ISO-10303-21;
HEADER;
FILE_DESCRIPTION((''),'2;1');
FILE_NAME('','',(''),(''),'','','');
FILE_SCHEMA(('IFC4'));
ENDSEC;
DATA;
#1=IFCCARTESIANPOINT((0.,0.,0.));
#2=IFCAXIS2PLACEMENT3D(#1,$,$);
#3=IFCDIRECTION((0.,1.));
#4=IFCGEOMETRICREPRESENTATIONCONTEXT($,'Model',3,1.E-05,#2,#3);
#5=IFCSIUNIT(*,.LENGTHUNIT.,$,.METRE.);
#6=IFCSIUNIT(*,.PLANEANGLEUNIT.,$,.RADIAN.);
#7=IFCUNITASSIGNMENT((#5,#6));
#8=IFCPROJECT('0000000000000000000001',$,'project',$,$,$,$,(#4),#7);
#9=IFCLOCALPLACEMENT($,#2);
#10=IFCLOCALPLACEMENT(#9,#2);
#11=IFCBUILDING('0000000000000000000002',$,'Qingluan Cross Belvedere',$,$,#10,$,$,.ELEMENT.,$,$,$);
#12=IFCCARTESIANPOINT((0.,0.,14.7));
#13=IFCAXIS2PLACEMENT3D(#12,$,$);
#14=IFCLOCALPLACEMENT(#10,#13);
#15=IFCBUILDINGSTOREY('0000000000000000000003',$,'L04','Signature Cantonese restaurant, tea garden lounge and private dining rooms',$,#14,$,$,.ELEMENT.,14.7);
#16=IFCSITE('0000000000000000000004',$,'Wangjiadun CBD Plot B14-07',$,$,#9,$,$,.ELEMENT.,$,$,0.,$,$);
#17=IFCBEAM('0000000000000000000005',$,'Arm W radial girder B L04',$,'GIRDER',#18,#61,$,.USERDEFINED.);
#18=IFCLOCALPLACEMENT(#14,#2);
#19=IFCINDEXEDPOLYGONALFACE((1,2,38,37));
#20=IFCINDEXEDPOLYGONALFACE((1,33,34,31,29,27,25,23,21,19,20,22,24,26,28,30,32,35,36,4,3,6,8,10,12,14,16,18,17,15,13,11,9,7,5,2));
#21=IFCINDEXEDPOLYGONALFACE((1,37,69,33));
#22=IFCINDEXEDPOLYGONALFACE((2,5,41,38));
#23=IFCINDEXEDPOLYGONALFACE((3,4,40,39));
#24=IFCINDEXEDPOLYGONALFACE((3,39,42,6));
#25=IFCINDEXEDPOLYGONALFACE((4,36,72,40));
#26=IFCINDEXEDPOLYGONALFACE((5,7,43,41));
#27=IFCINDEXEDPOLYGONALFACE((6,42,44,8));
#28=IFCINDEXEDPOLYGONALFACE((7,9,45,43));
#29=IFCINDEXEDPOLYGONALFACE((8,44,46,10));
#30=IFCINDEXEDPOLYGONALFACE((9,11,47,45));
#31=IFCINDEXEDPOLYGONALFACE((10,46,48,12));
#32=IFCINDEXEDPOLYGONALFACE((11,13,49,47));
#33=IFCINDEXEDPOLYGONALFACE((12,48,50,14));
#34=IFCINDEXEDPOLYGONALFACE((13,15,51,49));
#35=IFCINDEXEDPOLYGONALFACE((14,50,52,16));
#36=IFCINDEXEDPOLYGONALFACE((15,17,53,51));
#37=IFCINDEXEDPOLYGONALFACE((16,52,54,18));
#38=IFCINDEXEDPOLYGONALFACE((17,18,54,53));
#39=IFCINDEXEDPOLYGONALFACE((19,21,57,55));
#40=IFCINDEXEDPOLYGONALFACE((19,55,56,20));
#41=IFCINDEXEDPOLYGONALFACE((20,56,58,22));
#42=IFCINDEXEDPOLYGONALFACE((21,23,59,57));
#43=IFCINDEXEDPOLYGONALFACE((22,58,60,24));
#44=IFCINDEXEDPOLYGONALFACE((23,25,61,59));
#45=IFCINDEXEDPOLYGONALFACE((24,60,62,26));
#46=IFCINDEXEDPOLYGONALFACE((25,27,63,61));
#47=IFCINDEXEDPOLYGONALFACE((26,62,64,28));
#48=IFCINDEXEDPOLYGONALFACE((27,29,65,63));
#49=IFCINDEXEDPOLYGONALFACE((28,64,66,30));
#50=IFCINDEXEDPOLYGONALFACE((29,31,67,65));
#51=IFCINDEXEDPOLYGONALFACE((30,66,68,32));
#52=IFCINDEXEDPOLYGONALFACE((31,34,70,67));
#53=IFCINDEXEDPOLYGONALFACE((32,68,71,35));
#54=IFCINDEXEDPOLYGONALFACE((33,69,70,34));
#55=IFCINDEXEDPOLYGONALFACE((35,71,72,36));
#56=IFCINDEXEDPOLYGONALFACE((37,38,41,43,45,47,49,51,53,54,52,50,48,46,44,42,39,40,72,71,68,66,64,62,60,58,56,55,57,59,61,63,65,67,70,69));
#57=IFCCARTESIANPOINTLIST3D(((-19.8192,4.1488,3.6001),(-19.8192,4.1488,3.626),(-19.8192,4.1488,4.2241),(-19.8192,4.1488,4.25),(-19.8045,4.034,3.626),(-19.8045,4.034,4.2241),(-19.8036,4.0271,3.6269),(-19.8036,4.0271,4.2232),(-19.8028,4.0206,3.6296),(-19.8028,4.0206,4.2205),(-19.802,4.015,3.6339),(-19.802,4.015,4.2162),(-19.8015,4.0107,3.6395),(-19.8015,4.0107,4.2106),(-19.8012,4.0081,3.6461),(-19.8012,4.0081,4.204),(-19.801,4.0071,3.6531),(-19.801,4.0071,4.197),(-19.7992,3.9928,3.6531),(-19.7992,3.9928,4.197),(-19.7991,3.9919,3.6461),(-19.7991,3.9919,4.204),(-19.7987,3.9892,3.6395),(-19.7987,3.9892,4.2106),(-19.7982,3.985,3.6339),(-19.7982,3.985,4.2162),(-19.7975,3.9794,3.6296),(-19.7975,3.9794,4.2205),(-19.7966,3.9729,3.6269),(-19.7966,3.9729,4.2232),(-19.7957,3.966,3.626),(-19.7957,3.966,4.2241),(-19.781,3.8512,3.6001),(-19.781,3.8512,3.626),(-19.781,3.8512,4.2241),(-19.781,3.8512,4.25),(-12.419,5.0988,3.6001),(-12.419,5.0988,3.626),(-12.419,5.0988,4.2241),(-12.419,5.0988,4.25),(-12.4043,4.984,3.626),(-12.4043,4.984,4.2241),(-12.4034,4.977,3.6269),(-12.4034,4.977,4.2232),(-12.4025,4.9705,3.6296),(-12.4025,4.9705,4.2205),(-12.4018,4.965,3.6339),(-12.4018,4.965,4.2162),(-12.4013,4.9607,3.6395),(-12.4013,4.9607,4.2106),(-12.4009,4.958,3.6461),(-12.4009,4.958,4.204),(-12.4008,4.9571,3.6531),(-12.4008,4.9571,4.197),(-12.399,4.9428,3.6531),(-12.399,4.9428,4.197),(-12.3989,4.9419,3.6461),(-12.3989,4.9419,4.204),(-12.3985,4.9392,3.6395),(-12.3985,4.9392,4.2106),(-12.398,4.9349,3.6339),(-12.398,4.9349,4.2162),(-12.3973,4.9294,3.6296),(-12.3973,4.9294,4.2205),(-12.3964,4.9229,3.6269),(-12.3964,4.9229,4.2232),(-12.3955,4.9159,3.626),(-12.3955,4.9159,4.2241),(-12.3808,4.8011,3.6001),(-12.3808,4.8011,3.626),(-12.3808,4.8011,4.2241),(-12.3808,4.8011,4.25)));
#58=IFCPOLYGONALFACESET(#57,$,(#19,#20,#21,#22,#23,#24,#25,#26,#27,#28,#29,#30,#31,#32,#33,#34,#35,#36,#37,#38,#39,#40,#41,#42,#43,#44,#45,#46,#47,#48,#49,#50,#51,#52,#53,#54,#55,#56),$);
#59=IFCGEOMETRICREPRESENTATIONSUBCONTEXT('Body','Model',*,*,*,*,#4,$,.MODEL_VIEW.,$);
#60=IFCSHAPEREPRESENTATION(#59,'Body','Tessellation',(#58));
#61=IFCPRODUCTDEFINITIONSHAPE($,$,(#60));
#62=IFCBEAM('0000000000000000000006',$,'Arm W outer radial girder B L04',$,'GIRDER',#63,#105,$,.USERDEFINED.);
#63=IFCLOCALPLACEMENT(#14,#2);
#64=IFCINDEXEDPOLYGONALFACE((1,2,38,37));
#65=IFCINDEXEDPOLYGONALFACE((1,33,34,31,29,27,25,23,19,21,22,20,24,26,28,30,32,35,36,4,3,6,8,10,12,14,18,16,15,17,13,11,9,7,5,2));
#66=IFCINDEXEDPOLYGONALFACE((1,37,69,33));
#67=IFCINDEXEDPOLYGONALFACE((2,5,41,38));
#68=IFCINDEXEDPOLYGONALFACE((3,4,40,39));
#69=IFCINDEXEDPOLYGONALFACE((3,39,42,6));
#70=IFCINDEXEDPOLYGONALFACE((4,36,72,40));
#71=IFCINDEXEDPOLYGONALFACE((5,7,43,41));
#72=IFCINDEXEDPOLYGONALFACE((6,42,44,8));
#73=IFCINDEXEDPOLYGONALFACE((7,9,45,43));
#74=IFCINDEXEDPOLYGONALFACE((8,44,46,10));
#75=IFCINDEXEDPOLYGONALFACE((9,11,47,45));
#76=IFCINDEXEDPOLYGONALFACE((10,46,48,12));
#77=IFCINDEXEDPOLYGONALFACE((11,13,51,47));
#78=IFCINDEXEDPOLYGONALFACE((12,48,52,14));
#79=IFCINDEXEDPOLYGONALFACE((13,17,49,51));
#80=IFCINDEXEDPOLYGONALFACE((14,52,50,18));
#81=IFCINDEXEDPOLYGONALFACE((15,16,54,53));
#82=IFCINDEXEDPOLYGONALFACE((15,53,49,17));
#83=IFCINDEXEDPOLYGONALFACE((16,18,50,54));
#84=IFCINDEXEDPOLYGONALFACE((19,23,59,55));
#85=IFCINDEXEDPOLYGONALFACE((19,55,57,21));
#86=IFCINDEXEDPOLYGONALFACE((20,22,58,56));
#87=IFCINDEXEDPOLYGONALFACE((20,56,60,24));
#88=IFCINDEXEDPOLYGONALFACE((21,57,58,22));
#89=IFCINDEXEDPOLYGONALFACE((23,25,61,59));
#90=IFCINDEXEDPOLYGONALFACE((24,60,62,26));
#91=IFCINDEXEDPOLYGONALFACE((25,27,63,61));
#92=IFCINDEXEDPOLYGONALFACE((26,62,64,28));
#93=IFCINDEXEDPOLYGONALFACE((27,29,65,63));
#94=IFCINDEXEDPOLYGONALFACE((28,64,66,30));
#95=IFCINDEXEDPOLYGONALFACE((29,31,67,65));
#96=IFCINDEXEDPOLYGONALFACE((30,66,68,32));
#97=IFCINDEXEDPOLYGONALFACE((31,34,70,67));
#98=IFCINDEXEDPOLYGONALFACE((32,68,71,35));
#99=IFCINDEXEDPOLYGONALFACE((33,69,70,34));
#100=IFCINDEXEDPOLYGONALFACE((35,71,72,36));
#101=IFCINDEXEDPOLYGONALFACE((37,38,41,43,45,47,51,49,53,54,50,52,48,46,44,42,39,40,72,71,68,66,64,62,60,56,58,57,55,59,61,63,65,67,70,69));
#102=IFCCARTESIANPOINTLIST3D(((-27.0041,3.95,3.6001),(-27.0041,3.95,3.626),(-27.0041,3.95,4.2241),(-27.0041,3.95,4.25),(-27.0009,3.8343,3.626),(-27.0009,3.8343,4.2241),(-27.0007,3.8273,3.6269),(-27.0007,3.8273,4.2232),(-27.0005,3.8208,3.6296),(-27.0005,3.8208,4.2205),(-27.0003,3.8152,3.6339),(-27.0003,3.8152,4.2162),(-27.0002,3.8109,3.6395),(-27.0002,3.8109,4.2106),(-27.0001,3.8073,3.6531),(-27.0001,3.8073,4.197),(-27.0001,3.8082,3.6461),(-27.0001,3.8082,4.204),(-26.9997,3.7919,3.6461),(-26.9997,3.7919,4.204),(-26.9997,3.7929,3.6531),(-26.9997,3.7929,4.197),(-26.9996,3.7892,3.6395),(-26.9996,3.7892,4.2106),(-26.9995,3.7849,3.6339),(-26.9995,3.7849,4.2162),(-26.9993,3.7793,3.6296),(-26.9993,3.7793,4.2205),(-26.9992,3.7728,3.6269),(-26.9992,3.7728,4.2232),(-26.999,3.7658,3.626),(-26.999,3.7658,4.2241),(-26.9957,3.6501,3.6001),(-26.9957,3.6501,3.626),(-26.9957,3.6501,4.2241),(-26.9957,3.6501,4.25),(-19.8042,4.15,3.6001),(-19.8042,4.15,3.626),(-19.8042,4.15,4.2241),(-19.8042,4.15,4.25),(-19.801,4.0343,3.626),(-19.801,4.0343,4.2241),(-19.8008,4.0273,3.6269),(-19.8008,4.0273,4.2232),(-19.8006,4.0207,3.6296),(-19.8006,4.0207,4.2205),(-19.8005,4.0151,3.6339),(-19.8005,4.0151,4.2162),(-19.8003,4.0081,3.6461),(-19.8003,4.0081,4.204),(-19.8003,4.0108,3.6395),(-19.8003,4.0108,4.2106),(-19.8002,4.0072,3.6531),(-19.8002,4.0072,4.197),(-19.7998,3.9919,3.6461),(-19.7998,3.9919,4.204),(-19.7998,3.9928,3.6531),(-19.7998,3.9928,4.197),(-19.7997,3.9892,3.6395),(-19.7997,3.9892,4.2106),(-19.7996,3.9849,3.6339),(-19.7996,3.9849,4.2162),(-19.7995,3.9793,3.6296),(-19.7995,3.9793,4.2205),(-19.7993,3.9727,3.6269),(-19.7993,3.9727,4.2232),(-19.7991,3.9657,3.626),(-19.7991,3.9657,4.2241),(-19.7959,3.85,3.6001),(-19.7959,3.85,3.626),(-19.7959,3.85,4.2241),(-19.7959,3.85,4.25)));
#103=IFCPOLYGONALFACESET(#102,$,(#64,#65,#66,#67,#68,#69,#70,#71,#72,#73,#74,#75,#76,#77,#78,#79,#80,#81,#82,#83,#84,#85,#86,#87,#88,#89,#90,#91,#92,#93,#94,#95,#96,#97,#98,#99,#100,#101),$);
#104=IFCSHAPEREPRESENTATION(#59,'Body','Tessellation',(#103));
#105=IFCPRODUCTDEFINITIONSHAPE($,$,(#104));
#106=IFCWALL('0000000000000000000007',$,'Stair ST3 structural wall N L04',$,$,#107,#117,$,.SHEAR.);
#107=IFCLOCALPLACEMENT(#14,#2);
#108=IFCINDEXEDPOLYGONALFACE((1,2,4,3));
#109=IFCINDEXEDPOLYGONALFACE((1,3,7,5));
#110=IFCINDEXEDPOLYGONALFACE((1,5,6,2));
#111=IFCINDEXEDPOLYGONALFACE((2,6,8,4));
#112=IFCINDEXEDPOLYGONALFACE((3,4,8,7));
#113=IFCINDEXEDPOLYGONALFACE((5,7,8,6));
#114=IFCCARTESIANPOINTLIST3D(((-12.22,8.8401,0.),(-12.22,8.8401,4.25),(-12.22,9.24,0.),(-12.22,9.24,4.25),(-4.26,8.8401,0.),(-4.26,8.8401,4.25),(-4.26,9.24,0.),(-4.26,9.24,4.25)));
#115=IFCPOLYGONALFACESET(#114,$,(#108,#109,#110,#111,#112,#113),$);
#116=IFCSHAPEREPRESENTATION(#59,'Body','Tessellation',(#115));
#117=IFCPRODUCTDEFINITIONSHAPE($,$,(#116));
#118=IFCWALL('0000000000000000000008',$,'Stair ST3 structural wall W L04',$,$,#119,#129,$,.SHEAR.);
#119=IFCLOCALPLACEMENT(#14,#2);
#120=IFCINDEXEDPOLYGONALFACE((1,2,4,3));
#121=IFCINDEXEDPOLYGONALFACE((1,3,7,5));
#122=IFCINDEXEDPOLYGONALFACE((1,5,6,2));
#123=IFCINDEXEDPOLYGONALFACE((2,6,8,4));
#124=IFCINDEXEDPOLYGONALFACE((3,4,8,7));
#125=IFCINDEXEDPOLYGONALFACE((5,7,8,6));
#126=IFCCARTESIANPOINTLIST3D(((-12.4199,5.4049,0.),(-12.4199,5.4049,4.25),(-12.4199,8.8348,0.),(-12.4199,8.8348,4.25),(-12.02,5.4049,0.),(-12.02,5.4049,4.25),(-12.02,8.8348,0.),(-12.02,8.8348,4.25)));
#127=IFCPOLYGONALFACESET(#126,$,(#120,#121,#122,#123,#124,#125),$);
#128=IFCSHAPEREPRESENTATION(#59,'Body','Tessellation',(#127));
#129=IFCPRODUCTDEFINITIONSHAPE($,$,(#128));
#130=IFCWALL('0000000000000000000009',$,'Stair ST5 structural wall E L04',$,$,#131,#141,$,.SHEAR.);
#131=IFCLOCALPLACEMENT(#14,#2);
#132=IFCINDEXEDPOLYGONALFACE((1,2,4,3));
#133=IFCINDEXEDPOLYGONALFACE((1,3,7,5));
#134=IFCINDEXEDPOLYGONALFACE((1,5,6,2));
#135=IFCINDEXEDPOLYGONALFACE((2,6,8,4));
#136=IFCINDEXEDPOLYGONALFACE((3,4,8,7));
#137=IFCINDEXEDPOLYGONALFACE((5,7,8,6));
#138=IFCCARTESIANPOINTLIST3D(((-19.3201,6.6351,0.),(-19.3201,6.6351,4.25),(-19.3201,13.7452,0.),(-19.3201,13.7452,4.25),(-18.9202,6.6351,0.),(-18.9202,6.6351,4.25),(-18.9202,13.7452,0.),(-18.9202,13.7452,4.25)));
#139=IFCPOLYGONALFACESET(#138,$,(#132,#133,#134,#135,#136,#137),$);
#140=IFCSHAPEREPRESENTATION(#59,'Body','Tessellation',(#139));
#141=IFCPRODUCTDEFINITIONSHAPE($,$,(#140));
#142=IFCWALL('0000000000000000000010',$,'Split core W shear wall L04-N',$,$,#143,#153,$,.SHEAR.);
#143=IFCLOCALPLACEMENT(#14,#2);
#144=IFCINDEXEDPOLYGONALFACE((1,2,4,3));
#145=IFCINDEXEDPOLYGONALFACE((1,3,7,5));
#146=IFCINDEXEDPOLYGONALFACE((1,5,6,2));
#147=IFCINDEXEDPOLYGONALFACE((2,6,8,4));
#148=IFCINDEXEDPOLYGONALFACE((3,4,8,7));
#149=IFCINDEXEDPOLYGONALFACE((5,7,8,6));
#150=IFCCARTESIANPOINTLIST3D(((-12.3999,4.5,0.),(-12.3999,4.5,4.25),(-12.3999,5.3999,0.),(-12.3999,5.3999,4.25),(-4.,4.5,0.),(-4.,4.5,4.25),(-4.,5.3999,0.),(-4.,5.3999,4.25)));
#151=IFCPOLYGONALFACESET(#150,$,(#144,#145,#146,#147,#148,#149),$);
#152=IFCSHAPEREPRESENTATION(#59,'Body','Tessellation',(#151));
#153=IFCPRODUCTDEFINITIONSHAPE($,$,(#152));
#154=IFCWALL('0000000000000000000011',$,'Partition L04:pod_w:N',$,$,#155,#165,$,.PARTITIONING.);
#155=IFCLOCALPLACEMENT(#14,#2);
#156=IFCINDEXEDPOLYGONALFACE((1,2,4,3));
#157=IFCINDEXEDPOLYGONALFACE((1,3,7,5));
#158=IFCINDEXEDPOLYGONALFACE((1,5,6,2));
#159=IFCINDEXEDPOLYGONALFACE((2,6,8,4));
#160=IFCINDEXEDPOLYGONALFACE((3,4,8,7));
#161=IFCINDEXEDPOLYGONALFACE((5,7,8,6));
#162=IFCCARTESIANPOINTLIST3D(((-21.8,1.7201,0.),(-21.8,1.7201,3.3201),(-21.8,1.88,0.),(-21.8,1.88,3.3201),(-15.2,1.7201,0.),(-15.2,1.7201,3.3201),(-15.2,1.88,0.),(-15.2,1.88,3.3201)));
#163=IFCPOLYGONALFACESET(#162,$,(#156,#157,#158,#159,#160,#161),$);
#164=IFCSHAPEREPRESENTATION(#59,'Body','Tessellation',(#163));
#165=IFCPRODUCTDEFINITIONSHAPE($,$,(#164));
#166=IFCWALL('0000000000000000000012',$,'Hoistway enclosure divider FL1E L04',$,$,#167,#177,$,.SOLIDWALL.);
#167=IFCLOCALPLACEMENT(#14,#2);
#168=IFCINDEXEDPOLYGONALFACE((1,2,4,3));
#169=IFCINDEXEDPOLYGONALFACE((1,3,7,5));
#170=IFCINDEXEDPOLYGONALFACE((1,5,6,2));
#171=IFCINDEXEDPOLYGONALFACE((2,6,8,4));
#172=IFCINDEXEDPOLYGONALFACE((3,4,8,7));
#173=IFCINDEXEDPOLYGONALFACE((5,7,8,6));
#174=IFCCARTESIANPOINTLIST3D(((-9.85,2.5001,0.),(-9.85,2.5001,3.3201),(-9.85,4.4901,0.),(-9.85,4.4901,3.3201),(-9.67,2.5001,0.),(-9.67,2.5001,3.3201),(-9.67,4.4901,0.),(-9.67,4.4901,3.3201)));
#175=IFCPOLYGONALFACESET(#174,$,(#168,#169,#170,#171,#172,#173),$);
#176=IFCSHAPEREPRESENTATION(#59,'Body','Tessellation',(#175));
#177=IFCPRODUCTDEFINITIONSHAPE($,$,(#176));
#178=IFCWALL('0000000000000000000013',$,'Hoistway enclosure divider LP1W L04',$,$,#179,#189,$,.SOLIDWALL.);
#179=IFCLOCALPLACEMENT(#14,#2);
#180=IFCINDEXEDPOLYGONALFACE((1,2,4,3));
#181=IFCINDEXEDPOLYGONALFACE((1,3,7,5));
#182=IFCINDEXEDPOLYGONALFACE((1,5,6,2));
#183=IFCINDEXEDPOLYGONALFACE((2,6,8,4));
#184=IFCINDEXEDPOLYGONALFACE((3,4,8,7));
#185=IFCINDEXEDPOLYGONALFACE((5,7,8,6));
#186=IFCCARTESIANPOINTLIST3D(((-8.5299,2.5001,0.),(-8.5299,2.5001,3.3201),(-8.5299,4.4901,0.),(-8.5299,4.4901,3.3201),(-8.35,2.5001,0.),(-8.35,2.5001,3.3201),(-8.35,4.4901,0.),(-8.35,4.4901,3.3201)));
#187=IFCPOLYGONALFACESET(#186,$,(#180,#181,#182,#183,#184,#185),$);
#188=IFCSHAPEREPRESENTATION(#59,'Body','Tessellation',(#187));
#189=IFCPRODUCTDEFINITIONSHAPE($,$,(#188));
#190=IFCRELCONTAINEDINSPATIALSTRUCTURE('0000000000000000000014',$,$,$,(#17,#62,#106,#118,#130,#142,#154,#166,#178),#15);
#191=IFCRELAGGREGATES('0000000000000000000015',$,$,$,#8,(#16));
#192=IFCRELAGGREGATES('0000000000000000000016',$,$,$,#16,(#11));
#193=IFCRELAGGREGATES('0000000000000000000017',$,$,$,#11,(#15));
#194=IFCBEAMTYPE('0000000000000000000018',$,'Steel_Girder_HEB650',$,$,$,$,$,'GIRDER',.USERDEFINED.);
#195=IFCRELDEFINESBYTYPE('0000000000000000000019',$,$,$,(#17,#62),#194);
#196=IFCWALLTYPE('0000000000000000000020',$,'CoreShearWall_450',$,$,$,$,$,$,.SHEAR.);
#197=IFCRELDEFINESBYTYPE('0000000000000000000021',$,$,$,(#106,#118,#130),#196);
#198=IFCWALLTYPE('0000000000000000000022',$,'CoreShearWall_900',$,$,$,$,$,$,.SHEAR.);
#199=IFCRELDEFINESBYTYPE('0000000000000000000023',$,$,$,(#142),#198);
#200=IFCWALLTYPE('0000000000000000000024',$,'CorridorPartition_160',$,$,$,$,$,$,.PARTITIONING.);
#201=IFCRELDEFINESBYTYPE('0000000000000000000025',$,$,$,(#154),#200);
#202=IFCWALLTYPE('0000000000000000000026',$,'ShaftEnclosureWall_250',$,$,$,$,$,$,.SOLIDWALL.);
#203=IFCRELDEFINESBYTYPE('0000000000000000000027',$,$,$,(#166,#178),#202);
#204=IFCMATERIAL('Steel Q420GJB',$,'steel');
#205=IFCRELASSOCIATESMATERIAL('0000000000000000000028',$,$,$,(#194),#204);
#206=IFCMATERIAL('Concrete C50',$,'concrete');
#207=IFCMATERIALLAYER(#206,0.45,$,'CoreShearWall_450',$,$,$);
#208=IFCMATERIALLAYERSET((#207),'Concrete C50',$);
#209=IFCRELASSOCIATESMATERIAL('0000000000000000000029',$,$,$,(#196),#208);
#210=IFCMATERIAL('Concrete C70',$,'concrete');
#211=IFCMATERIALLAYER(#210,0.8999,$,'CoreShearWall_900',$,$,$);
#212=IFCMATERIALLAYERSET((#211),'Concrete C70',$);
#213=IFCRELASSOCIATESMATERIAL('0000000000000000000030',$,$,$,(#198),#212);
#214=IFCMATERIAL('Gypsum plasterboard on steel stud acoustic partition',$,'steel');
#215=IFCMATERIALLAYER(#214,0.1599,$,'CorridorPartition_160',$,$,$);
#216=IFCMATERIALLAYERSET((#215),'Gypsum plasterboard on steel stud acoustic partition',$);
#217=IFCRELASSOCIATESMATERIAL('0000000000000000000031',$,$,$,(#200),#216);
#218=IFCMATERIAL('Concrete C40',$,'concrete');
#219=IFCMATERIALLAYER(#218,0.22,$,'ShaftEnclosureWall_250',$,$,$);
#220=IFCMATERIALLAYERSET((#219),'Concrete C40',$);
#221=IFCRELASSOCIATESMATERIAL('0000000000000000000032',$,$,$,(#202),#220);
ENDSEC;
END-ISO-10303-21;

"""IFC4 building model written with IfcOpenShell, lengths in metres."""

from ifc_helpers import new_model, si_unit, direction, frame, frame_2d, origin, origin_2d, place, context, subcontext, project, spatial, rectangle, i_section, extrude, material, layer, layer_set, material_profile, profile_set, type_object, element, save


model = new_model("IFC4")

# Units and contexts
model_context = context("Model", 3, precision=1e-05, world=origin(), true_north=direction((0.0, 1.0)))
body_context = subcontext(model_context, "Body", "Model", "MODEL_VIEW")
ifc_project = project(units=[si_unit("LENGTHUNIT", "METRE"), si_unit("PLANEANGLEUNIT", "RADIAN")], contexts=[model_context])

# Site, building, storey
site_placement = place(None, origin())
site = spatial("IfcSite", under=ifc_project, at=site_placement, Name="Wangjiadun CBD Plot B14-07", CompositionType="ELEMENT", RefElevation=0.0)
building_placement = place(site_placement, origin())
building = spatial("IfcBuilding", under=site, at=building_placement, Name="Qingluan Cross Belvedere", CompositionType="ELEMENT")
storey_placement = place(building_placement, frame((0.0, 0.0, 14.7)))
storey = spatial("IfcBuildingStorey", under=building, at=storey_placement, Name="L04", Description="Signature Cantonese restaurant, tea garden lounge and private dining rooms", CompositionType="ELEMENT", Elevation=14.7)

# Beams
ifc_material_1 = material(Name="Steel Q420GJB", Category="steel")
ifc_material_profile_1 = material_profile(ifc_material_1, i_section(OverallWidth=0.3, OverallDepth=0.6499, WebThickness=0.0144, FlangeThickness=0.0259, FilletRadius=0.0271, at=origin_2d()), Name="HEB650")
ifc_profile_set_1 = profile_set([ifc_material_profile_1], Name="Steel Q420GJB")
beam_type_1 = type_object("IfcBeamType", Name="Steel_Girder_HEB650", ElementType="GIRDER", PredefinedType="USERDEFINED", material=ifc_profile_set_1)
beam_1_placement = place(storey_placement, frame((-12.3999, 4.95, 3.925), z_axis=(-0.991861, -0.127324, 0.0), x_axis=(0.127324, -0.991861, 0.0)))
element("IfcBeam", 1, at=beam_1_placement, inside=storey, type_object=beam_type_1, Name="Arm W radial girder B L04", ObjectType="GIRDER", PredefinedType="USERDEFINED", context=body_context, shape_type="SweptSolid", body=[
    extrude(i_section(OverallWidth=0.3, OverallDepth=0.6499, WebThickness=0.0144, FlangeThickness=0.0259, FilletRadius=0.0271, at=origin_2d()), origin(), (0.0, 0.0, 1.0), 7.4609),
])
beam_2_placement = place(storey_placement, frame((-19.8, 4.0, 3.925), z_axis=(-0.999615, -0.02776, 0.0), x_axis=(0.02776, -0.999615, 0.0)))
element("IfcBeam", 2, at=beam_2_placement, inside=storey, type_object=beam_type_1, Name="Arm W outer radial girder B L04", ObjectType="GIRDER", PredefinedType="USERDEFINED", context=body_context, shape_type="SweptSolid", body=[
    extrude(i_section(OverallWidth=0.3, OverallDepth=0.6499, WebThickness=0.0144, FlangeThickness=0.0259, FilletRadius=0.0271, at=origin_2d()), origin(), (0.0, 0.0, 1.0), 7.2026),
])

# Walls
ifc_material_2 = material(Name="Concrete C50", Category="concrete")
ifc_layer_1 = layer(ifc_material_2, 0.45, Name="CoreShearWall_450")
ifc_layer_set_1 = layer_set([ifc_layer_1], Name="Concrete C50")
wall_type_1 = type_object("IfcWallType", Name="CoreShearWall_450", PredefinedType="SHEAR", material=ifc_layer_set_1)
wall_1_placement = place(storey_placement, frame((-12.22, 9.04, 0.0), z_axis=(0.0, 0.0, 1.0), x_axis=(1.0, 0.0, 0.0)))
element("IfcWall", 3, at=wall_1_placement, inside=storey, type_object=wall_type_1, Name="Stair ST3 structural wall N L04", PredefinedType="SHEAR", context=body_context, shape_type="SweptSolid", body=[
    extrude(rectangle(XDim=7.96, YDim=0.3999, at=frame_2d((3.98, 0.0))), origin(), (0.0, 0.0, 1.0), 4.25),
])
wall_2_placement = place(storey_placement, frame((-12.22, 5.405, 0.0), z_axis=(0.0, 0.0, 1.0), x_axis=(0.0, 1.0, 0.0)))
element("IfcWall", 4, at=wall_2_placement, inside=storey, type_object=wall_type_1, Name="Stair ST3 structural wall W L04", PredefinedType="SHEAR", context=body_context, shape_type="SweptSolid", body=[
    extrude(rectangle(XDim=3.4299, YDim=0.3999, at=frame_2d((1.7148, 0.0))), origin(), (0.0, 0.0, 1.0), 4.25),
])

# Walls
wall_3_placement = place(storey_placement, frame((-19.1201, 6.635, 0.0), z_axis=(0.0, 0.0, 1.0), x_axis=(0.0, 1.0, 0.0)))
element("IfcWall", 5, at=wall_3_placement, inside=storey, type_object=wall_type_1, Name="Stair ST5 structural wall E L04", PredefinedType="SHEAR", context=body_context, shape_type="SweptSolid", body=[
    extrude(rectangle(XDim=7.1101, YDim=0.3999, at=frame_2d((3.5552, 0.0))), origin(), (0.0, 0.0, 1.0), 4.25),
])
ifc_material_3 = material(Name="Concrete C70", Category="concrete")
ifc_layer_2 = layer(ifc_material_3, 0.8999, Name="CoreShearWall_900")
ifc_layer_set_2 = layer_set([ifc_layer_2], Name="Concrete C70")
wall_type_2 = type_object("IfcWallType", Name="CoreShearWall_900", PredefinedType="SHEAR", material=ifc_layer_set_2)
wall_4_placement = place(storey_placement, frame((-12.3999, 4.95, 0.0), z_axis=(0.0, 0.0, 1.0), x_axis=(1.0, 0.0, 0.0)))
element("IfcWall", 6, at=wall_4_placement, inside=storey, type_object=wall_type_2, Name="Split core W shear wall L04-N", PredefinedType="SHEAR", context=body_context, shape_type="SweptSolid", body=[
    extrude(rectangle(XDim=8.3999, YDim=0.8999, at=frame_2d((4.2, 0.0))), origin(), (0.0, 0.0, 1.0), 4.25),
])
ifc_material_4 = material(Name="Gypsum plasterboard on steel stud acoustic partition", Category="steel")
ifc_layer_3 = layer(ifc_material_4, 0.1599, Name="CorridorPartition_160")
ifc_layer_set_3 = layer_set([ifc_layer_3], Name="Gypsum plasterboard on steel stud acoustic partition")
wall_type_3 = type_object("IfcWallType", Name="CorridorPartition_160", PredefinedType="PARTITIONING", material=ifc_layer_set_3)
wall_5_placement = place(storey_placement, frame((-21.8, 1.8, 0.0), z_axis=(0.0, 0.0, 1.0), x_axis=(1.0, 0.0, 0.0)))
element("IfcWall", 7, at=wall_5_placement, inside=storey, type_object=wall_type_3, Name="Partition L04:pod_w:N", PredefinedType="PARTITIONING", context=body_context, shape_type="SweptSolid", body=[
    extrude(rectangle(XDim=6.6001, YDim=0.1599, at=frame_2d((3.3, 0.0))), origin(), (0.0, 0.0, 1.0), 3.3201),
])

# Shared definitions
ifc_material_5 = material(Name="Concrete C40", Category="concrete")
ifc_layer_4 = layer(ifc_material_5, 0.22, Name="ShaftEnclosureWall_250")
ifc_layer_set_4 = layer_set([ifc_layer_4], Name="Concrete C40")
wall_type_4 = type_object("IfcWallType", Name="ShaftEnclosureWall_250", PredefinedType="SOLIDWALL", material=ifc_layer_set_4)

# Walls
for number, where, z_axis, x_axis, name in (
    (8, (-9.76, 2.5, 0.0), (0.0, 0.0, 1.0), (0.0, 1.0, 0.0), "Hoistway enclosure divider FL1E L04"),
    (9, (-8.4399, 2.5, 0.0), (0.0, 0.0, 1.0), (0.0, 1.0, 0.0), "Hoistway enclosure divider LP1W L04"),
):
    element("IfcWall", number, at=place(storey_placement, frame(where, z_axis=z_axis, x_axis=x_axis)), inside=storey, type_object=wall_type_4, Name=name, PredefinedType="SOLIDWALL", context=body_context, shape_type="SweptSolid", body=[
        extrude(rectangle(XDim=1.99, YDim=0.1799, at=frame_2d((0.9951, 0.0))), origin(), (0.0, 0.0, 1.0), 3.3201),
    ])

save(model, "model.ifc")
